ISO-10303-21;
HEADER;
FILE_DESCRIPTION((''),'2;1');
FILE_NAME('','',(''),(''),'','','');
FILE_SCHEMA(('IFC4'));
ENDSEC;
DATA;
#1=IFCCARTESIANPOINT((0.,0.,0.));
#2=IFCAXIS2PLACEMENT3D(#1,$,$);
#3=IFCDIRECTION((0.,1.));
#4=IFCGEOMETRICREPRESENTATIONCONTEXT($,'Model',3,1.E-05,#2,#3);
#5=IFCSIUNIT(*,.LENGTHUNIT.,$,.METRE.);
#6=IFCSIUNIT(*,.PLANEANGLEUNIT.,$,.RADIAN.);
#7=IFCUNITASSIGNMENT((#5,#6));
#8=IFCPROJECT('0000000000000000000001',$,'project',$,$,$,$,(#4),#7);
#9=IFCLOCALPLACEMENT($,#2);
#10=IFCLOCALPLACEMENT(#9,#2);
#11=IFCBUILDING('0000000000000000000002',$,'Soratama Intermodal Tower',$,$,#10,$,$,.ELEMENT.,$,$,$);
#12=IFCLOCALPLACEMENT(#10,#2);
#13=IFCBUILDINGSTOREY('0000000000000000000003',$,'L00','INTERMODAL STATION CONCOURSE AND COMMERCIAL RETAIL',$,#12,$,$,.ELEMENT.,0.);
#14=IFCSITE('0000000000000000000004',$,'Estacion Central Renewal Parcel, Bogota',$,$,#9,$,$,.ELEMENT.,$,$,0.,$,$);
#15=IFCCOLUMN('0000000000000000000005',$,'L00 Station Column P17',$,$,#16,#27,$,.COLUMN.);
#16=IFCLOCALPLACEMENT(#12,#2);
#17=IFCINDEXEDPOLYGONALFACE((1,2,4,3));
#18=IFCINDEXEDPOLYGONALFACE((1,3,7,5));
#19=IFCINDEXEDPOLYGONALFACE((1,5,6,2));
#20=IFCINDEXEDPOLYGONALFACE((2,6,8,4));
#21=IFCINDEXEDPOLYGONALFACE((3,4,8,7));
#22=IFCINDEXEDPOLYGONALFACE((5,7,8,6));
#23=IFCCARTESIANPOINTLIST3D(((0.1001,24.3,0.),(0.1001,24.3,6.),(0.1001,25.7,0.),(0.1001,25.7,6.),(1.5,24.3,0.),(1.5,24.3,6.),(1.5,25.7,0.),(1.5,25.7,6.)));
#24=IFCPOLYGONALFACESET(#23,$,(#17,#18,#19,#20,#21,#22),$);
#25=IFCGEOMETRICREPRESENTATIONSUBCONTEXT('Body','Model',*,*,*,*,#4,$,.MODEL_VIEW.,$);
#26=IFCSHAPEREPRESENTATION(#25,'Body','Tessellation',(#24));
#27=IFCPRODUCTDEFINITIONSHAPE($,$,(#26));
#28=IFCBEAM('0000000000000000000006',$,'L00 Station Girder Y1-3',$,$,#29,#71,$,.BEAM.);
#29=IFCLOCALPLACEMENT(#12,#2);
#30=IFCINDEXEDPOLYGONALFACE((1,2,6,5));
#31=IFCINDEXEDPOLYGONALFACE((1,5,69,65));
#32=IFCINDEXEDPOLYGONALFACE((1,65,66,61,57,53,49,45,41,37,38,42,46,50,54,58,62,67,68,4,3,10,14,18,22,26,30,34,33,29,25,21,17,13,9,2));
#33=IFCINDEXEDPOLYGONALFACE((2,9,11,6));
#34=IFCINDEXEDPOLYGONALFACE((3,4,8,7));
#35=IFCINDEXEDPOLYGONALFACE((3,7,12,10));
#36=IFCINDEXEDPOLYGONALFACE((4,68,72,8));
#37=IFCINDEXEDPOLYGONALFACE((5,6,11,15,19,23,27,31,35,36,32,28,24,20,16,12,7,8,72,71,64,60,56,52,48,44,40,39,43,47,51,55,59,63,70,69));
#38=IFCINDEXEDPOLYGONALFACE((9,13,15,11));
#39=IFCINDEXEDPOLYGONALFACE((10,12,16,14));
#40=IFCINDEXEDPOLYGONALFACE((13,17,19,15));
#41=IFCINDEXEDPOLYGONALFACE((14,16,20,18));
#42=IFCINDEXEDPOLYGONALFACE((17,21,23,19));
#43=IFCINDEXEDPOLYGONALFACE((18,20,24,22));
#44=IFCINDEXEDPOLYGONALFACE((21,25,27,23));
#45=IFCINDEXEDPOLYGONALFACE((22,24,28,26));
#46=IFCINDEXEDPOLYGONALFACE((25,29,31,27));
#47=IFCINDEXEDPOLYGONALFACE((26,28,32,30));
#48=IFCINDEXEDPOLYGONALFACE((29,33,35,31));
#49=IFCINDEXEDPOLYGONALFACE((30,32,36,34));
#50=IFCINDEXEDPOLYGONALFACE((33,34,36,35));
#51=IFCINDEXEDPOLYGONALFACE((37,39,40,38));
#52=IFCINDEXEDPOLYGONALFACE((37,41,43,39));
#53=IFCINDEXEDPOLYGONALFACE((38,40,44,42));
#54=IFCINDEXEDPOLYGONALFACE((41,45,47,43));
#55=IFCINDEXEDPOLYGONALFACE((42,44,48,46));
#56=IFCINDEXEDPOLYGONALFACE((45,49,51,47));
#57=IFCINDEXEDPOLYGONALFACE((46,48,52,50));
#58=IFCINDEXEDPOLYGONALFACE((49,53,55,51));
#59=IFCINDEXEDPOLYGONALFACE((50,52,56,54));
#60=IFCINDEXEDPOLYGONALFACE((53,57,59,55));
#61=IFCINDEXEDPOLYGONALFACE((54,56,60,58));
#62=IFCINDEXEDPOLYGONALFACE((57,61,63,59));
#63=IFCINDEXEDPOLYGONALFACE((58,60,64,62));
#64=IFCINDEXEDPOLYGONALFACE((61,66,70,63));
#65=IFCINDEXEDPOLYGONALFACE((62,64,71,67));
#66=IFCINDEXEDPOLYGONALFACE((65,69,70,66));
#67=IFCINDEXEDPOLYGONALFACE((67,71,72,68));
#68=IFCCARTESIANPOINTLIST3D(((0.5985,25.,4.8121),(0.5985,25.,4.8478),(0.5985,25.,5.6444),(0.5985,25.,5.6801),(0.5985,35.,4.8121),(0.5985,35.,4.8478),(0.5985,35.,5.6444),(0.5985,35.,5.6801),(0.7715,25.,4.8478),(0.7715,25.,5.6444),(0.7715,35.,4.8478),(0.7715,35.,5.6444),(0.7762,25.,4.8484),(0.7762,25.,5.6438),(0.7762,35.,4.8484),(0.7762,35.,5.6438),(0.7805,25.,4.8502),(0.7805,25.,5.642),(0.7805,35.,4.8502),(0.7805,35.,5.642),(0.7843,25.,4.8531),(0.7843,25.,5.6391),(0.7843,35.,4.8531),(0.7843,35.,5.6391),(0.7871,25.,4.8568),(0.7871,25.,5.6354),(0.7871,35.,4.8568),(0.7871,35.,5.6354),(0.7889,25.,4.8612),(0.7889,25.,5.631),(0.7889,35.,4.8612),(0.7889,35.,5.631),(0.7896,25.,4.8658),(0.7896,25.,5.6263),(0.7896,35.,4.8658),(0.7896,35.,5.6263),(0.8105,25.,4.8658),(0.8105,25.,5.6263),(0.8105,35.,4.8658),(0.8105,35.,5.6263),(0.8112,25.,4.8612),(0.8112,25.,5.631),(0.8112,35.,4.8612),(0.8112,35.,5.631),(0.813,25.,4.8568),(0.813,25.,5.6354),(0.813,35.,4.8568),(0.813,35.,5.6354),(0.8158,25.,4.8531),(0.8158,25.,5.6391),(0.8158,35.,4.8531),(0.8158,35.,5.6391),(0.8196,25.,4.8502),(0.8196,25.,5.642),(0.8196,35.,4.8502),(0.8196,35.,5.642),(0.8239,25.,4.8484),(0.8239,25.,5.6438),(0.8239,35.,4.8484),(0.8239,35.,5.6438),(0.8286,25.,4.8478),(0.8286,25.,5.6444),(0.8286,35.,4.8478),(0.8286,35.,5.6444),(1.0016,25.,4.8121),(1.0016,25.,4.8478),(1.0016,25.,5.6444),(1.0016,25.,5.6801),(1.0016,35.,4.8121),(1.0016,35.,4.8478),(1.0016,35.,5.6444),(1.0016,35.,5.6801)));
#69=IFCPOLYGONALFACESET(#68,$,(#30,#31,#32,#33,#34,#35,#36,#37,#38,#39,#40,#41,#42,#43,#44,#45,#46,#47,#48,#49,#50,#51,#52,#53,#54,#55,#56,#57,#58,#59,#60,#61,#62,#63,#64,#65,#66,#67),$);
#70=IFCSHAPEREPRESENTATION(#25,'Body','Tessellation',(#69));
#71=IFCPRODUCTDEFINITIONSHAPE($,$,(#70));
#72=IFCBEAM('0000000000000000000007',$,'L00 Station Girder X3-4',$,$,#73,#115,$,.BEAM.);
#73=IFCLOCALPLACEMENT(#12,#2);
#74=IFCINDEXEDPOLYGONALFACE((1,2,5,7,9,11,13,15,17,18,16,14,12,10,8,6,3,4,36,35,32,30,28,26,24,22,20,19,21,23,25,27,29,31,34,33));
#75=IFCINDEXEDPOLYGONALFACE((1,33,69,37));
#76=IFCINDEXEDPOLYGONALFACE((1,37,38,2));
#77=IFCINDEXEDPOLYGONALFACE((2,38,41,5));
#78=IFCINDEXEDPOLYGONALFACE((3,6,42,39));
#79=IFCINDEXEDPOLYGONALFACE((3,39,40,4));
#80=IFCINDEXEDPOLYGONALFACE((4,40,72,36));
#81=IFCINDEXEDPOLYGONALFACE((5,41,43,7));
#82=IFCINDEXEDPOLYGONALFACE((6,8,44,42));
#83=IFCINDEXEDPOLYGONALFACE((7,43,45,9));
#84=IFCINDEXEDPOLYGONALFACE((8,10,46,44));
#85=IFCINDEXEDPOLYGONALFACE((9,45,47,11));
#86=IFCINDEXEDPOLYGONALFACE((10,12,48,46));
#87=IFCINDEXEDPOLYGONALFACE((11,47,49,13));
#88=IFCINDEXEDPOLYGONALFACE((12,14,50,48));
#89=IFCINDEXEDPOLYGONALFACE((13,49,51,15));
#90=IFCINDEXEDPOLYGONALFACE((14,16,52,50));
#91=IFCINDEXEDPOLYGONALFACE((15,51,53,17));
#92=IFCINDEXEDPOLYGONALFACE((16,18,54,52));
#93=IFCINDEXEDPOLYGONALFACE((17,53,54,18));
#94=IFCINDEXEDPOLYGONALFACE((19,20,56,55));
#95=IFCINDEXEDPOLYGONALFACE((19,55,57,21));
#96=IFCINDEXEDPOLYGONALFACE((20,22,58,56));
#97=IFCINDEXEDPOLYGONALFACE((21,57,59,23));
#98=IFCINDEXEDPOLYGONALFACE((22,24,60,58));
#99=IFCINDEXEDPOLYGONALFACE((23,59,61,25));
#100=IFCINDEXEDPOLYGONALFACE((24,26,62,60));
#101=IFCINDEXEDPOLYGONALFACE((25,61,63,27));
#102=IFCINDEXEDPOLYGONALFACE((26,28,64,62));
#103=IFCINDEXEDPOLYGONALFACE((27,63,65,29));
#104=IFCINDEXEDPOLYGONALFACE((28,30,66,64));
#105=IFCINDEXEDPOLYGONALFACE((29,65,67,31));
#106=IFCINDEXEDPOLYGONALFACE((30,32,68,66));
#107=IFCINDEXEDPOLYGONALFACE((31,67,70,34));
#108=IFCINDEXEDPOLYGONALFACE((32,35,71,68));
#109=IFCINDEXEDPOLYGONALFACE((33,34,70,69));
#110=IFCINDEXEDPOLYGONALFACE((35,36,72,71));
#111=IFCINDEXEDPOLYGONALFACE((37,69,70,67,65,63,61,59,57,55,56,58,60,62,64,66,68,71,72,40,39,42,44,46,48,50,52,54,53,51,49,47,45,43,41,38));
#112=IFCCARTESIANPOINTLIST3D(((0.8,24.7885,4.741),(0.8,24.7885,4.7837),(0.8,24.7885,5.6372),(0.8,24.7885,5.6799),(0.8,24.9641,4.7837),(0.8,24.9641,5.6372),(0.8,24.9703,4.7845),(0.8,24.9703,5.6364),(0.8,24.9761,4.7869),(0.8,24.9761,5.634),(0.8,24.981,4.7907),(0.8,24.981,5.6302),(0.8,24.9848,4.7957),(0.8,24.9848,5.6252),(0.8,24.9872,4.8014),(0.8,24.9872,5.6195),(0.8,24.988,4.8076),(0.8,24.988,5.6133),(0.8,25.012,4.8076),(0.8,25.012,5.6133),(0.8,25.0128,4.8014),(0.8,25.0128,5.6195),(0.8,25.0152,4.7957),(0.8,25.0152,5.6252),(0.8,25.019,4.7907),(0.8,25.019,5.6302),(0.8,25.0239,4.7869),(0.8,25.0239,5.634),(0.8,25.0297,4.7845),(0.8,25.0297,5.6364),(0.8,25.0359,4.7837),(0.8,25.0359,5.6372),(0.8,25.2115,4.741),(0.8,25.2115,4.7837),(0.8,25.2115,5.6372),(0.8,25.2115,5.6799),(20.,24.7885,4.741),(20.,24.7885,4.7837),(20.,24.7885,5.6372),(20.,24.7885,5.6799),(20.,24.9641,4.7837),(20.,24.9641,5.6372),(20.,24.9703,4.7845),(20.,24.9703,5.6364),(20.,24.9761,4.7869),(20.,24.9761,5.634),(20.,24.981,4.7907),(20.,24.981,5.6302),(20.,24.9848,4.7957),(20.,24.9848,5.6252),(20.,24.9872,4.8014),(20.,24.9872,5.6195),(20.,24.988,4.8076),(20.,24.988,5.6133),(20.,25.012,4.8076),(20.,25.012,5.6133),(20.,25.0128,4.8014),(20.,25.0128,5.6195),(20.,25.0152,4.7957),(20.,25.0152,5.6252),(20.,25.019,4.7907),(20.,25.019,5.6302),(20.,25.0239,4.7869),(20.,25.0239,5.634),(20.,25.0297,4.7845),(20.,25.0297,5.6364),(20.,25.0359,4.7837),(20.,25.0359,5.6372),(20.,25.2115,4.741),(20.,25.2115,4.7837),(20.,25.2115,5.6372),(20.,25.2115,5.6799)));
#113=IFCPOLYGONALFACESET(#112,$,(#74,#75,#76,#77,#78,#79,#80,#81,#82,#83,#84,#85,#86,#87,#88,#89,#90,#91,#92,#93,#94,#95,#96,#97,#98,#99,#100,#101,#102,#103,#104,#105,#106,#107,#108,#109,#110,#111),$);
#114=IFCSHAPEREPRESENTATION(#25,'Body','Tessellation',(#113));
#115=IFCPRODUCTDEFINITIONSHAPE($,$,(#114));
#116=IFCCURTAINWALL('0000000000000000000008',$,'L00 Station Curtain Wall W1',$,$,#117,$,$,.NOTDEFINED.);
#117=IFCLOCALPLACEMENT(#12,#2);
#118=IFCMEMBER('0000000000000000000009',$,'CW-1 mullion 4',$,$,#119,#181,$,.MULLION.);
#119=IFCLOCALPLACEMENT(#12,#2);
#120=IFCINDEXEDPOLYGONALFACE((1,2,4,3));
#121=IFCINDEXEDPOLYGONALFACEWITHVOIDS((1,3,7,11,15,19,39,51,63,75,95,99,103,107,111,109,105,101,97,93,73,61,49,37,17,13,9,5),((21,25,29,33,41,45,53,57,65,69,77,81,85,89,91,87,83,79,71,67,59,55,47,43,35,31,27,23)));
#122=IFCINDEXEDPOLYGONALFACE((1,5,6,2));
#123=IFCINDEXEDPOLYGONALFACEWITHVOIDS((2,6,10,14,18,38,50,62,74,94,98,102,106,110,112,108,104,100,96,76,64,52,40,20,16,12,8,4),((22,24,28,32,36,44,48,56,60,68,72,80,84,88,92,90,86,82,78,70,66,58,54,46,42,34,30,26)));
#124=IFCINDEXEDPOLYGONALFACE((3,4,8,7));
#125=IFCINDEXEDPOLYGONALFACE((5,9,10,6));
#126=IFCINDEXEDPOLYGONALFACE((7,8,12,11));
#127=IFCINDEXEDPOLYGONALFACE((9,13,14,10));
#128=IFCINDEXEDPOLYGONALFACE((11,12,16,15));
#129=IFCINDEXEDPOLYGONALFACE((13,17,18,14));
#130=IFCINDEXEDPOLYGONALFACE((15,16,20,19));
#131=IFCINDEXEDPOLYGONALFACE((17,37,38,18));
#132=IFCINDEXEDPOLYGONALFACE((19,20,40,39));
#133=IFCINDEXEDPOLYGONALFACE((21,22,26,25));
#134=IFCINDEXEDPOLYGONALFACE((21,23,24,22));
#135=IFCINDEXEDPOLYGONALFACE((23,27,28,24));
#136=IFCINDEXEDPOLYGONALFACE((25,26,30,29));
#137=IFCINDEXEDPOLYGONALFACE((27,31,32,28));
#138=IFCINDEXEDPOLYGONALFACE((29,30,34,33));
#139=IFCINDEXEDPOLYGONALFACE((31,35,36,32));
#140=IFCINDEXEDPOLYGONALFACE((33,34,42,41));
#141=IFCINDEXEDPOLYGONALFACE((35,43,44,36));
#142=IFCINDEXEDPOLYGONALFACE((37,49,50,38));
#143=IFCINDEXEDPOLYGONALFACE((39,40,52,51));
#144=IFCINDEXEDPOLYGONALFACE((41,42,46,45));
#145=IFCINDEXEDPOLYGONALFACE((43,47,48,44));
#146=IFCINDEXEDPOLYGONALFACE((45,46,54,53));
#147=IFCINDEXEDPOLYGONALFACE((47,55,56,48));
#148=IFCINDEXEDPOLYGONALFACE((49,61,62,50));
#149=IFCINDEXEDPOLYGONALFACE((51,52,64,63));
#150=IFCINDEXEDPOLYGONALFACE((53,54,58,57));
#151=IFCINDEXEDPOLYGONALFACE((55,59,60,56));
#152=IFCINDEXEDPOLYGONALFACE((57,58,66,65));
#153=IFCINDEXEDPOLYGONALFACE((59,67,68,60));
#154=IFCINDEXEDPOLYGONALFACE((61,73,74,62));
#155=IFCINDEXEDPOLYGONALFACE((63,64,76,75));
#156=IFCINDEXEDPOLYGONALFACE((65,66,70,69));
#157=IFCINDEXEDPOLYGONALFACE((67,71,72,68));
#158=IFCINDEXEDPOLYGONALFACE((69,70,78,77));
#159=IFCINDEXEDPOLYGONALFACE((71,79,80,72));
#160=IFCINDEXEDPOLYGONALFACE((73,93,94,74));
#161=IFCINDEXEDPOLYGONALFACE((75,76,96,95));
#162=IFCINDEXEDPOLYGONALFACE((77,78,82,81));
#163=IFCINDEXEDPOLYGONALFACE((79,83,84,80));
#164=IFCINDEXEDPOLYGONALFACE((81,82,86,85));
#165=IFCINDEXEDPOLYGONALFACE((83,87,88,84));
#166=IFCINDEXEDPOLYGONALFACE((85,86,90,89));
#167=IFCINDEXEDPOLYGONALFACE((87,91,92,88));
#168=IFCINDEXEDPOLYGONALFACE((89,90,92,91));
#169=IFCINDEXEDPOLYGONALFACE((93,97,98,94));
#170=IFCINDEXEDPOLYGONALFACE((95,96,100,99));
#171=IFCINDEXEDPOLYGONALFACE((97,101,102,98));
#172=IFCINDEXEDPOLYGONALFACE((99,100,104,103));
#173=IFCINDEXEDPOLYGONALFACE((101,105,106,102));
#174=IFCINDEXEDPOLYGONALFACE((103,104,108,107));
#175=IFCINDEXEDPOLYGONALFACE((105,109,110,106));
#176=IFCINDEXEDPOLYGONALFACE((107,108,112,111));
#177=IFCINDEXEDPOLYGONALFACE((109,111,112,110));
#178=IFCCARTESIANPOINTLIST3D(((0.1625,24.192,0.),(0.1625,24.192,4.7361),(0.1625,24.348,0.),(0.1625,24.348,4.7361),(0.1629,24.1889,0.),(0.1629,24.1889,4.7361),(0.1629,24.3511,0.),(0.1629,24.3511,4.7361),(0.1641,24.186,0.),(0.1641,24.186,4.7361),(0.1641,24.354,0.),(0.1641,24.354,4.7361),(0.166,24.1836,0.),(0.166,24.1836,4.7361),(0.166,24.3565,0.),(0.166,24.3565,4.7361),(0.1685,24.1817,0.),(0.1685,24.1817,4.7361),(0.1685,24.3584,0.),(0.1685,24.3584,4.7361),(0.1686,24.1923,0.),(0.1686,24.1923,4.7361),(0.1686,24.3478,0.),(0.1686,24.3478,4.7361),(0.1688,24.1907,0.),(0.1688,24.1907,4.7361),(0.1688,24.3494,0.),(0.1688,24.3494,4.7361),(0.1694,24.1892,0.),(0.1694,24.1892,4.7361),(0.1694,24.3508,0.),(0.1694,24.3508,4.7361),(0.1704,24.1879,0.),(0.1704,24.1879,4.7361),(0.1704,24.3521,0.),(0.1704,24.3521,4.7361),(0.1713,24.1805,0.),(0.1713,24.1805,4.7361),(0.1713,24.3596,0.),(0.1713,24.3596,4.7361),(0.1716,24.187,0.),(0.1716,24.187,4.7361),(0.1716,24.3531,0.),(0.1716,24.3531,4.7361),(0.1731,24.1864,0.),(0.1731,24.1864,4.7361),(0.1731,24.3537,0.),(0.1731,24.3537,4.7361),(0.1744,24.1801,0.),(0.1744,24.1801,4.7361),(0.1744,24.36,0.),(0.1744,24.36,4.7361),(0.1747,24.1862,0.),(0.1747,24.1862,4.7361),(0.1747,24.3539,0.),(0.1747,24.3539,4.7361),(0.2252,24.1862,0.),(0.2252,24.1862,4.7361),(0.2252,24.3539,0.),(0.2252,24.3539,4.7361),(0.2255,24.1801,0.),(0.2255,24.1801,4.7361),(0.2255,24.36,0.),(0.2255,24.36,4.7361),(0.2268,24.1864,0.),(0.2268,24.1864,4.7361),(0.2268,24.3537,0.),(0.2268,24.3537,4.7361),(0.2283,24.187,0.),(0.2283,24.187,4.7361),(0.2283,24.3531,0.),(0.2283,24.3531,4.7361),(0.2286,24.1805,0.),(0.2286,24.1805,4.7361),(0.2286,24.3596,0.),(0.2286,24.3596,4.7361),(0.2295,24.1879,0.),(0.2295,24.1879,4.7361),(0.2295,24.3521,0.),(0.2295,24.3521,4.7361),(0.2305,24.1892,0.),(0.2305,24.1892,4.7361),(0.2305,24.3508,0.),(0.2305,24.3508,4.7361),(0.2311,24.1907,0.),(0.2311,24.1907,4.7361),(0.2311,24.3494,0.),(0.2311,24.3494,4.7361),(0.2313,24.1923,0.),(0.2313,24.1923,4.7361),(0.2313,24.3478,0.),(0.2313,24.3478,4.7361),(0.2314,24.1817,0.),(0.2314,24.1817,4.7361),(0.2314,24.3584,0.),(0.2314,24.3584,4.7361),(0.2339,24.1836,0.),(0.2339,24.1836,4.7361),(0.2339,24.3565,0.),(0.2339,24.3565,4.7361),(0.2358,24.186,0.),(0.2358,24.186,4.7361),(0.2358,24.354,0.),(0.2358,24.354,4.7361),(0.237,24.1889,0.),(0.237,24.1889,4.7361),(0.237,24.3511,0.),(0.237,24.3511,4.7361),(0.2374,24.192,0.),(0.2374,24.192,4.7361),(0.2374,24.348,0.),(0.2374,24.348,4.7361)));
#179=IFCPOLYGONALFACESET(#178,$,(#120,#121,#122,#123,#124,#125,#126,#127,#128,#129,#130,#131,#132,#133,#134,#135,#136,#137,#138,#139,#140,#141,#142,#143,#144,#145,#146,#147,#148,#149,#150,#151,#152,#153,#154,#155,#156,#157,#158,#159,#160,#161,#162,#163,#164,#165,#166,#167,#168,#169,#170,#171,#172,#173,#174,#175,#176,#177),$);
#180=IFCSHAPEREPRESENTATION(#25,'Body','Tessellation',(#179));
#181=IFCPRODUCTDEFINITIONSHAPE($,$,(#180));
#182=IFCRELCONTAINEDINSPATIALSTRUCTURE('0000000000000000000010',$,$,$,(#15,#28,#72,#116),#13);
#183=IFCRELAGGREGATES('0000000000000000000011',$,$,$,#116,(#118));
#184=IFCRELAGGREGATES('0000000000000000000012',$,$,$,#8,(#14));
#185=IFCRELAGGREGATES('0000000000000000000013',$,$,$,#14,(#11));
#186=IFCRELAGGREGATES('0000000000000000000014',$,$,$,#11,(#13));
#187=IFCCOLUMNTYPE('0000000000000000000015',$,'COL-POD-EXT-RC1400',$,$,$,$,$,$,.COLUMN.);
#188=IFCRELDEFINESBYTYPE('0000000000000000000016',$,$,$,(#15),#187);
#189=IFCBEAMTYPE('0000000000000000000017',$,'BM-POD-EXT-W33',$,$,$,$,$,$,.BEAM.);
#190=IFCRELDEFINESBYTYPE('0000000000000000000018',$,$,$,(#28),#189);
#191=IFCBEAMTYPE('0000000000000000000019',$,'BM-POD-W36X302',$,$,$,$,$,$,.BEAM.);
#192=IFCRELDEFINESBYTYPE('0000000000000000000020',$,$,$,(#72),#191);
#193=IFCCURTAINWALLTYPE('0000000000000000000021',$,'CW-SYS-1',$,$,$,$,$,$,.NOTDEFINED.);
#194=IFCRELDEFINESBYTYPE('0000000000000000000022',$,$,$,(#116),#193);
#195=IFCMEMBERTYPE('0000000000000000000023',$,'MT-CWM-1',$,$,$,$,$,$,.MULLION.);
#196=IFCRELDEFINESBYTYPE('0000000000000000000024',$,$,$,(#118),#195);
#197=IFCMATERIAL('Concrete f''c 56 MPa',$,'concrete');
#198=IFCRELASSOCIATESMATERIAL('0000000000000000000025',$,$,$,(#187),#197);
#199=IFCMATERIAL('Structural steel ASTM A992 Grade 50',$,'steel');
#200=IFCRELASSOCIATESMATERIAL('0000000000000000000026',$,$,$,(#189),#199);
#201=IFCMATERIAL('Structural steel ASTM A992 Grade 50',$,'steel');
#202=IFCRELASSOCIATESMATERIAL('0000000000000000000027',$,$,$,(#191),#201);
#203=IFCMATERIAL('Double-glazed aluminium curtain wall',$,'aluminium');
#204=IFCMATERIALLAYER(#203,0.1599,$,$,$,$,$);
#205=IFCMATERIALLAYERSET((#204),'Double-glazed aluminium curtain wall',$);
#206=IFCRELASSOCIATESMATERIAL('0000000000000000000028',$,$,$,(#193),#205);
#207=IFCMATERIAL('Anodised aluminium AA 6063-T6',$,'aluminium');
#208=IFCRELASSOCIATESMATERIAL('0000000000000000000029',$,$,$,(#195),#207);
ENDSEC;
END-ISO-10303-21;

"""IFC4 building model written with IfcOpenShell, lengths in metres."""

from ifc_helpers import new_model, si_unit, direction, frame, origin, origin_2d, place, context, subcontext, project, spatial, rectangle, hollow_rectangle, i_section, extrude, material, layer, layer_set, material_profile, profile_set, type_object, element, aggregate, save


model = new_model("IFC4")

# Units and contexts
model_context = context("Model", 3, precision=1e-05, world=origin(), true_north=direction((0.0, 1.0)))
body_context = subcontext(model_context, "Body", "Model", "MODEL_VIEW")
ifc_project = project(units=[si_unit("LENGTHUNIT", "METRE"), si_unit("PLANEANGLEUNIT", "RADIAN")], contexts=[model_context])

# Site, building, storey
site_placement = place(None, origin())
site = spatial("IfcSite", under=ifc_project, at=site_placement, Name="Estacion Central Renewal Parcel, Bogota", CompositionType="ELEMENT", RefElevation=0.0)
building_placement = place(site_placement, origin())
building = spatial("IfcBuilding", under=site, at=building_placement, Name="Soratama Intermodal Tower", CompositionType="ELEMENT")
storey_placement = place(building_placement, origin())
storey = spatial("IfcBuildingStorey", under=building, at=storey_placement, Name="L00", Description="INTERMODAL STATION CONCOURSE AND COMMERCIAL RETAIL", CompositionType="ELEMENT", Elevation=0.0)

# Column
ifc_material_1 = material(Name="Concrete f'c 56 MPa", Category="concrete")
ifc_material_profile_1 = material_profile(ifc_material_1, rectangle(XDim=1.3999, YDim=1.3999, at=origin_2d()), Name="RC1400X1400")
ifc_profile_set_1 = profile_set([ifc_material_profile_1], Name="Concrete f'c 56 MPa")
column_type = type_object("IfcColumnType", Name="COL-POD-EXT-RC1400", PredefinedType="COLUMN", material=ifc_profile_set_1)
column_placement = place(storey_placement, frame((0.8, 25.0, 0.0), z_axis=(0.0, 0.0, 1.0), x_axis=(1.0, 0.0, 0.0)))
element("IfcColumn", 1, at=column_placement, inside=storey, type_object=column_type, Name="L00 Station Column P17", PredefinedType="COLUMN", context=body_context, shape_type="SweptSolid", body=[
    extrude(rectangle(XDim=1.3999, YDim=1.3999, at=origin_2d()), origin(), (0.0, 0.0, 1.0), 6.0),
])

# Beams
ifc_material_2 = material(Name="Structural steel ASTM A992 Grade 50", Category="steel")
ifc_material_profile_2 = material_profile(ifc_material_2, i_section(OverallWidth=0.4031, OverallDepth=0.8679, WebThickness=0.021, FlangeThickness=0.0356, FilletRadius=0.0181, at=origin_2d()), Name="W33X241")
ifc_profile_set_2 = profile_set([ifc_material_profile_2], Name="Structural steel ASTM A992 Grade 50")
beam_type_1 = type_object("IfcBeamType", Name="BM-POD-EXT-W33", PredefinedType="BEAM", material=ifc_profile_set_2)
beam_1_placement = place(storey_placement, frame((0.8, 25.0, 5.2461), z_axis=(0.0, 1.0, 0.0), x_axis=(-1.0, 0.0, 0.0)))
element("IfcBeam", 2, at=beam_1_placement, inside=storey, type_object=beam_type_1, Name="L00 Station Girder Y1-3", PredefinedType="BEAM", context=body_context, shape_type="SweptSolid", body=[
    extrude(i_section(OverallWidth=0.4031, OverallDepth=0.8679, WebThickness=0.021, FlangeThickness=0.0356, FilletRadius=0.0181, at=origin_2d()), origin(), (0.0, 0.0, 1.0), 10.0),
])
ifc_material_3 = material(Name="Structural steel ASTM A992 Grade 50", Category="steel")
ifc_material_profile_3 = material_profile(ifc_material_3, i_section(OverallWidth=0.4231, OverallDepth=0.939, WebThickness=0.0239, FlangeThickness=0.0427, FilletRadius=0.0239, at=origin_2d()), Name="W36X302")
ifc_profile_set_3 = profile_set([ifc_material_profile_3], Name="Structural steel ASTM A992 Grade 50")
beam_type_2 = type_object("IfcBeamType", Name="BM-POD-W36X302", PredefinedType="BEAM", material=ifc_profile_set_3)
beam_2_placement = place(storey_placement, frame((0.8, 25.0, 5.2104), z_axis=(1.0, 0.0, 0.0), x_axis=(0.0, 1.0, 0.0)))
element("IfcBeam", 3, at=beam_2_placement, inside=storey, type_object=beam_type_2, Name="L00 Station Girder X3-4", PredefinedType="BEAM", context=body_context, shape_type="SweptSolid", body=[
    extrude(i_section(OverallWidth=0.4231, OverallDepth=0.939, WebThickness=0.0239, FlangeThickness=0.0427, FilletRadius=0.0239, at=origin_2d()), origin(), (0.0, 0.0, 1.0), 19.2),
])

# Curtain wall, member
ifc_material_4 = material(Name="Double-glazed aluminium curtain wall", Category="aluminium")
ifc_layer_1 = layer(ifc_material_4, 0.1599)
ifc_layer_set_1 = layer_set([ifc_layer_1], Name="Double-glazed aluminium curtain wall")
curtain_wall_type = type_object("IfcCurtainWallType", Name="CW-SYS-1", PredefinedType="NOTDEFINED", material=ifc_layer_set_1)
curtain_wall_1_placement = place(storey_placement, origin())
curtain_wall_1 = element("IfcCurtainWall", 4, at=curtain_wall_1_placement, inside=storey, type_object=curtain_wall_type, Name="L00 Station Curtain Wall W1", PredefinedType="NOTDEFINED")
ifc_material_5 = material(Name="Anodised aluminium AA 6063-T6", Category="aluminium")
ifc_material_profile_4 = material_profile(ifc_material_5, hollow_rectangle(XDim=0.075, YDim=0.1799, WallThickness=0.0061, InnerFilletRadius=0.0061, OuterFilletRadius=0.012, at=origin_2d()), Name="CWM180X75X6")
ifc_profile_set_4 = profile_set([ifc_material_profile_4], Name="Anodised aluminium AA 6063-T6")
member_type_1 = type_object("IfcMemberType", Name="MT-CWM-1", PredefinedType="MULLION", material=ifc_profile_set_4)
member_1_placement = place(storey_placement, frame((0.2, 24.27, 0.0), z_axis=(0.0, 0.0, 1.0), x_axis=(-1.0, 0.0, 0.0)))
member_1 = element("IfcMember", 5, at=member_1_placement, type_object=member_type_1, Name="CW-1 mullion 4", PredefinedType="MULLION", context=body_context, shape_type="SweptSolid", body=[
    extrude(hollow_rectangle(XDim=0.075, YDim=0.1799, WallThickness=0.0061, InnerFilletRadius=0.0061, OuterFilletRadius=0.012, at=origin_2d()), origin(), (0.0, 0.0, 1.0), 4.7361),
])

aggregate(curtain_wall_1, [member_1])

save(model, "model.ifc")
